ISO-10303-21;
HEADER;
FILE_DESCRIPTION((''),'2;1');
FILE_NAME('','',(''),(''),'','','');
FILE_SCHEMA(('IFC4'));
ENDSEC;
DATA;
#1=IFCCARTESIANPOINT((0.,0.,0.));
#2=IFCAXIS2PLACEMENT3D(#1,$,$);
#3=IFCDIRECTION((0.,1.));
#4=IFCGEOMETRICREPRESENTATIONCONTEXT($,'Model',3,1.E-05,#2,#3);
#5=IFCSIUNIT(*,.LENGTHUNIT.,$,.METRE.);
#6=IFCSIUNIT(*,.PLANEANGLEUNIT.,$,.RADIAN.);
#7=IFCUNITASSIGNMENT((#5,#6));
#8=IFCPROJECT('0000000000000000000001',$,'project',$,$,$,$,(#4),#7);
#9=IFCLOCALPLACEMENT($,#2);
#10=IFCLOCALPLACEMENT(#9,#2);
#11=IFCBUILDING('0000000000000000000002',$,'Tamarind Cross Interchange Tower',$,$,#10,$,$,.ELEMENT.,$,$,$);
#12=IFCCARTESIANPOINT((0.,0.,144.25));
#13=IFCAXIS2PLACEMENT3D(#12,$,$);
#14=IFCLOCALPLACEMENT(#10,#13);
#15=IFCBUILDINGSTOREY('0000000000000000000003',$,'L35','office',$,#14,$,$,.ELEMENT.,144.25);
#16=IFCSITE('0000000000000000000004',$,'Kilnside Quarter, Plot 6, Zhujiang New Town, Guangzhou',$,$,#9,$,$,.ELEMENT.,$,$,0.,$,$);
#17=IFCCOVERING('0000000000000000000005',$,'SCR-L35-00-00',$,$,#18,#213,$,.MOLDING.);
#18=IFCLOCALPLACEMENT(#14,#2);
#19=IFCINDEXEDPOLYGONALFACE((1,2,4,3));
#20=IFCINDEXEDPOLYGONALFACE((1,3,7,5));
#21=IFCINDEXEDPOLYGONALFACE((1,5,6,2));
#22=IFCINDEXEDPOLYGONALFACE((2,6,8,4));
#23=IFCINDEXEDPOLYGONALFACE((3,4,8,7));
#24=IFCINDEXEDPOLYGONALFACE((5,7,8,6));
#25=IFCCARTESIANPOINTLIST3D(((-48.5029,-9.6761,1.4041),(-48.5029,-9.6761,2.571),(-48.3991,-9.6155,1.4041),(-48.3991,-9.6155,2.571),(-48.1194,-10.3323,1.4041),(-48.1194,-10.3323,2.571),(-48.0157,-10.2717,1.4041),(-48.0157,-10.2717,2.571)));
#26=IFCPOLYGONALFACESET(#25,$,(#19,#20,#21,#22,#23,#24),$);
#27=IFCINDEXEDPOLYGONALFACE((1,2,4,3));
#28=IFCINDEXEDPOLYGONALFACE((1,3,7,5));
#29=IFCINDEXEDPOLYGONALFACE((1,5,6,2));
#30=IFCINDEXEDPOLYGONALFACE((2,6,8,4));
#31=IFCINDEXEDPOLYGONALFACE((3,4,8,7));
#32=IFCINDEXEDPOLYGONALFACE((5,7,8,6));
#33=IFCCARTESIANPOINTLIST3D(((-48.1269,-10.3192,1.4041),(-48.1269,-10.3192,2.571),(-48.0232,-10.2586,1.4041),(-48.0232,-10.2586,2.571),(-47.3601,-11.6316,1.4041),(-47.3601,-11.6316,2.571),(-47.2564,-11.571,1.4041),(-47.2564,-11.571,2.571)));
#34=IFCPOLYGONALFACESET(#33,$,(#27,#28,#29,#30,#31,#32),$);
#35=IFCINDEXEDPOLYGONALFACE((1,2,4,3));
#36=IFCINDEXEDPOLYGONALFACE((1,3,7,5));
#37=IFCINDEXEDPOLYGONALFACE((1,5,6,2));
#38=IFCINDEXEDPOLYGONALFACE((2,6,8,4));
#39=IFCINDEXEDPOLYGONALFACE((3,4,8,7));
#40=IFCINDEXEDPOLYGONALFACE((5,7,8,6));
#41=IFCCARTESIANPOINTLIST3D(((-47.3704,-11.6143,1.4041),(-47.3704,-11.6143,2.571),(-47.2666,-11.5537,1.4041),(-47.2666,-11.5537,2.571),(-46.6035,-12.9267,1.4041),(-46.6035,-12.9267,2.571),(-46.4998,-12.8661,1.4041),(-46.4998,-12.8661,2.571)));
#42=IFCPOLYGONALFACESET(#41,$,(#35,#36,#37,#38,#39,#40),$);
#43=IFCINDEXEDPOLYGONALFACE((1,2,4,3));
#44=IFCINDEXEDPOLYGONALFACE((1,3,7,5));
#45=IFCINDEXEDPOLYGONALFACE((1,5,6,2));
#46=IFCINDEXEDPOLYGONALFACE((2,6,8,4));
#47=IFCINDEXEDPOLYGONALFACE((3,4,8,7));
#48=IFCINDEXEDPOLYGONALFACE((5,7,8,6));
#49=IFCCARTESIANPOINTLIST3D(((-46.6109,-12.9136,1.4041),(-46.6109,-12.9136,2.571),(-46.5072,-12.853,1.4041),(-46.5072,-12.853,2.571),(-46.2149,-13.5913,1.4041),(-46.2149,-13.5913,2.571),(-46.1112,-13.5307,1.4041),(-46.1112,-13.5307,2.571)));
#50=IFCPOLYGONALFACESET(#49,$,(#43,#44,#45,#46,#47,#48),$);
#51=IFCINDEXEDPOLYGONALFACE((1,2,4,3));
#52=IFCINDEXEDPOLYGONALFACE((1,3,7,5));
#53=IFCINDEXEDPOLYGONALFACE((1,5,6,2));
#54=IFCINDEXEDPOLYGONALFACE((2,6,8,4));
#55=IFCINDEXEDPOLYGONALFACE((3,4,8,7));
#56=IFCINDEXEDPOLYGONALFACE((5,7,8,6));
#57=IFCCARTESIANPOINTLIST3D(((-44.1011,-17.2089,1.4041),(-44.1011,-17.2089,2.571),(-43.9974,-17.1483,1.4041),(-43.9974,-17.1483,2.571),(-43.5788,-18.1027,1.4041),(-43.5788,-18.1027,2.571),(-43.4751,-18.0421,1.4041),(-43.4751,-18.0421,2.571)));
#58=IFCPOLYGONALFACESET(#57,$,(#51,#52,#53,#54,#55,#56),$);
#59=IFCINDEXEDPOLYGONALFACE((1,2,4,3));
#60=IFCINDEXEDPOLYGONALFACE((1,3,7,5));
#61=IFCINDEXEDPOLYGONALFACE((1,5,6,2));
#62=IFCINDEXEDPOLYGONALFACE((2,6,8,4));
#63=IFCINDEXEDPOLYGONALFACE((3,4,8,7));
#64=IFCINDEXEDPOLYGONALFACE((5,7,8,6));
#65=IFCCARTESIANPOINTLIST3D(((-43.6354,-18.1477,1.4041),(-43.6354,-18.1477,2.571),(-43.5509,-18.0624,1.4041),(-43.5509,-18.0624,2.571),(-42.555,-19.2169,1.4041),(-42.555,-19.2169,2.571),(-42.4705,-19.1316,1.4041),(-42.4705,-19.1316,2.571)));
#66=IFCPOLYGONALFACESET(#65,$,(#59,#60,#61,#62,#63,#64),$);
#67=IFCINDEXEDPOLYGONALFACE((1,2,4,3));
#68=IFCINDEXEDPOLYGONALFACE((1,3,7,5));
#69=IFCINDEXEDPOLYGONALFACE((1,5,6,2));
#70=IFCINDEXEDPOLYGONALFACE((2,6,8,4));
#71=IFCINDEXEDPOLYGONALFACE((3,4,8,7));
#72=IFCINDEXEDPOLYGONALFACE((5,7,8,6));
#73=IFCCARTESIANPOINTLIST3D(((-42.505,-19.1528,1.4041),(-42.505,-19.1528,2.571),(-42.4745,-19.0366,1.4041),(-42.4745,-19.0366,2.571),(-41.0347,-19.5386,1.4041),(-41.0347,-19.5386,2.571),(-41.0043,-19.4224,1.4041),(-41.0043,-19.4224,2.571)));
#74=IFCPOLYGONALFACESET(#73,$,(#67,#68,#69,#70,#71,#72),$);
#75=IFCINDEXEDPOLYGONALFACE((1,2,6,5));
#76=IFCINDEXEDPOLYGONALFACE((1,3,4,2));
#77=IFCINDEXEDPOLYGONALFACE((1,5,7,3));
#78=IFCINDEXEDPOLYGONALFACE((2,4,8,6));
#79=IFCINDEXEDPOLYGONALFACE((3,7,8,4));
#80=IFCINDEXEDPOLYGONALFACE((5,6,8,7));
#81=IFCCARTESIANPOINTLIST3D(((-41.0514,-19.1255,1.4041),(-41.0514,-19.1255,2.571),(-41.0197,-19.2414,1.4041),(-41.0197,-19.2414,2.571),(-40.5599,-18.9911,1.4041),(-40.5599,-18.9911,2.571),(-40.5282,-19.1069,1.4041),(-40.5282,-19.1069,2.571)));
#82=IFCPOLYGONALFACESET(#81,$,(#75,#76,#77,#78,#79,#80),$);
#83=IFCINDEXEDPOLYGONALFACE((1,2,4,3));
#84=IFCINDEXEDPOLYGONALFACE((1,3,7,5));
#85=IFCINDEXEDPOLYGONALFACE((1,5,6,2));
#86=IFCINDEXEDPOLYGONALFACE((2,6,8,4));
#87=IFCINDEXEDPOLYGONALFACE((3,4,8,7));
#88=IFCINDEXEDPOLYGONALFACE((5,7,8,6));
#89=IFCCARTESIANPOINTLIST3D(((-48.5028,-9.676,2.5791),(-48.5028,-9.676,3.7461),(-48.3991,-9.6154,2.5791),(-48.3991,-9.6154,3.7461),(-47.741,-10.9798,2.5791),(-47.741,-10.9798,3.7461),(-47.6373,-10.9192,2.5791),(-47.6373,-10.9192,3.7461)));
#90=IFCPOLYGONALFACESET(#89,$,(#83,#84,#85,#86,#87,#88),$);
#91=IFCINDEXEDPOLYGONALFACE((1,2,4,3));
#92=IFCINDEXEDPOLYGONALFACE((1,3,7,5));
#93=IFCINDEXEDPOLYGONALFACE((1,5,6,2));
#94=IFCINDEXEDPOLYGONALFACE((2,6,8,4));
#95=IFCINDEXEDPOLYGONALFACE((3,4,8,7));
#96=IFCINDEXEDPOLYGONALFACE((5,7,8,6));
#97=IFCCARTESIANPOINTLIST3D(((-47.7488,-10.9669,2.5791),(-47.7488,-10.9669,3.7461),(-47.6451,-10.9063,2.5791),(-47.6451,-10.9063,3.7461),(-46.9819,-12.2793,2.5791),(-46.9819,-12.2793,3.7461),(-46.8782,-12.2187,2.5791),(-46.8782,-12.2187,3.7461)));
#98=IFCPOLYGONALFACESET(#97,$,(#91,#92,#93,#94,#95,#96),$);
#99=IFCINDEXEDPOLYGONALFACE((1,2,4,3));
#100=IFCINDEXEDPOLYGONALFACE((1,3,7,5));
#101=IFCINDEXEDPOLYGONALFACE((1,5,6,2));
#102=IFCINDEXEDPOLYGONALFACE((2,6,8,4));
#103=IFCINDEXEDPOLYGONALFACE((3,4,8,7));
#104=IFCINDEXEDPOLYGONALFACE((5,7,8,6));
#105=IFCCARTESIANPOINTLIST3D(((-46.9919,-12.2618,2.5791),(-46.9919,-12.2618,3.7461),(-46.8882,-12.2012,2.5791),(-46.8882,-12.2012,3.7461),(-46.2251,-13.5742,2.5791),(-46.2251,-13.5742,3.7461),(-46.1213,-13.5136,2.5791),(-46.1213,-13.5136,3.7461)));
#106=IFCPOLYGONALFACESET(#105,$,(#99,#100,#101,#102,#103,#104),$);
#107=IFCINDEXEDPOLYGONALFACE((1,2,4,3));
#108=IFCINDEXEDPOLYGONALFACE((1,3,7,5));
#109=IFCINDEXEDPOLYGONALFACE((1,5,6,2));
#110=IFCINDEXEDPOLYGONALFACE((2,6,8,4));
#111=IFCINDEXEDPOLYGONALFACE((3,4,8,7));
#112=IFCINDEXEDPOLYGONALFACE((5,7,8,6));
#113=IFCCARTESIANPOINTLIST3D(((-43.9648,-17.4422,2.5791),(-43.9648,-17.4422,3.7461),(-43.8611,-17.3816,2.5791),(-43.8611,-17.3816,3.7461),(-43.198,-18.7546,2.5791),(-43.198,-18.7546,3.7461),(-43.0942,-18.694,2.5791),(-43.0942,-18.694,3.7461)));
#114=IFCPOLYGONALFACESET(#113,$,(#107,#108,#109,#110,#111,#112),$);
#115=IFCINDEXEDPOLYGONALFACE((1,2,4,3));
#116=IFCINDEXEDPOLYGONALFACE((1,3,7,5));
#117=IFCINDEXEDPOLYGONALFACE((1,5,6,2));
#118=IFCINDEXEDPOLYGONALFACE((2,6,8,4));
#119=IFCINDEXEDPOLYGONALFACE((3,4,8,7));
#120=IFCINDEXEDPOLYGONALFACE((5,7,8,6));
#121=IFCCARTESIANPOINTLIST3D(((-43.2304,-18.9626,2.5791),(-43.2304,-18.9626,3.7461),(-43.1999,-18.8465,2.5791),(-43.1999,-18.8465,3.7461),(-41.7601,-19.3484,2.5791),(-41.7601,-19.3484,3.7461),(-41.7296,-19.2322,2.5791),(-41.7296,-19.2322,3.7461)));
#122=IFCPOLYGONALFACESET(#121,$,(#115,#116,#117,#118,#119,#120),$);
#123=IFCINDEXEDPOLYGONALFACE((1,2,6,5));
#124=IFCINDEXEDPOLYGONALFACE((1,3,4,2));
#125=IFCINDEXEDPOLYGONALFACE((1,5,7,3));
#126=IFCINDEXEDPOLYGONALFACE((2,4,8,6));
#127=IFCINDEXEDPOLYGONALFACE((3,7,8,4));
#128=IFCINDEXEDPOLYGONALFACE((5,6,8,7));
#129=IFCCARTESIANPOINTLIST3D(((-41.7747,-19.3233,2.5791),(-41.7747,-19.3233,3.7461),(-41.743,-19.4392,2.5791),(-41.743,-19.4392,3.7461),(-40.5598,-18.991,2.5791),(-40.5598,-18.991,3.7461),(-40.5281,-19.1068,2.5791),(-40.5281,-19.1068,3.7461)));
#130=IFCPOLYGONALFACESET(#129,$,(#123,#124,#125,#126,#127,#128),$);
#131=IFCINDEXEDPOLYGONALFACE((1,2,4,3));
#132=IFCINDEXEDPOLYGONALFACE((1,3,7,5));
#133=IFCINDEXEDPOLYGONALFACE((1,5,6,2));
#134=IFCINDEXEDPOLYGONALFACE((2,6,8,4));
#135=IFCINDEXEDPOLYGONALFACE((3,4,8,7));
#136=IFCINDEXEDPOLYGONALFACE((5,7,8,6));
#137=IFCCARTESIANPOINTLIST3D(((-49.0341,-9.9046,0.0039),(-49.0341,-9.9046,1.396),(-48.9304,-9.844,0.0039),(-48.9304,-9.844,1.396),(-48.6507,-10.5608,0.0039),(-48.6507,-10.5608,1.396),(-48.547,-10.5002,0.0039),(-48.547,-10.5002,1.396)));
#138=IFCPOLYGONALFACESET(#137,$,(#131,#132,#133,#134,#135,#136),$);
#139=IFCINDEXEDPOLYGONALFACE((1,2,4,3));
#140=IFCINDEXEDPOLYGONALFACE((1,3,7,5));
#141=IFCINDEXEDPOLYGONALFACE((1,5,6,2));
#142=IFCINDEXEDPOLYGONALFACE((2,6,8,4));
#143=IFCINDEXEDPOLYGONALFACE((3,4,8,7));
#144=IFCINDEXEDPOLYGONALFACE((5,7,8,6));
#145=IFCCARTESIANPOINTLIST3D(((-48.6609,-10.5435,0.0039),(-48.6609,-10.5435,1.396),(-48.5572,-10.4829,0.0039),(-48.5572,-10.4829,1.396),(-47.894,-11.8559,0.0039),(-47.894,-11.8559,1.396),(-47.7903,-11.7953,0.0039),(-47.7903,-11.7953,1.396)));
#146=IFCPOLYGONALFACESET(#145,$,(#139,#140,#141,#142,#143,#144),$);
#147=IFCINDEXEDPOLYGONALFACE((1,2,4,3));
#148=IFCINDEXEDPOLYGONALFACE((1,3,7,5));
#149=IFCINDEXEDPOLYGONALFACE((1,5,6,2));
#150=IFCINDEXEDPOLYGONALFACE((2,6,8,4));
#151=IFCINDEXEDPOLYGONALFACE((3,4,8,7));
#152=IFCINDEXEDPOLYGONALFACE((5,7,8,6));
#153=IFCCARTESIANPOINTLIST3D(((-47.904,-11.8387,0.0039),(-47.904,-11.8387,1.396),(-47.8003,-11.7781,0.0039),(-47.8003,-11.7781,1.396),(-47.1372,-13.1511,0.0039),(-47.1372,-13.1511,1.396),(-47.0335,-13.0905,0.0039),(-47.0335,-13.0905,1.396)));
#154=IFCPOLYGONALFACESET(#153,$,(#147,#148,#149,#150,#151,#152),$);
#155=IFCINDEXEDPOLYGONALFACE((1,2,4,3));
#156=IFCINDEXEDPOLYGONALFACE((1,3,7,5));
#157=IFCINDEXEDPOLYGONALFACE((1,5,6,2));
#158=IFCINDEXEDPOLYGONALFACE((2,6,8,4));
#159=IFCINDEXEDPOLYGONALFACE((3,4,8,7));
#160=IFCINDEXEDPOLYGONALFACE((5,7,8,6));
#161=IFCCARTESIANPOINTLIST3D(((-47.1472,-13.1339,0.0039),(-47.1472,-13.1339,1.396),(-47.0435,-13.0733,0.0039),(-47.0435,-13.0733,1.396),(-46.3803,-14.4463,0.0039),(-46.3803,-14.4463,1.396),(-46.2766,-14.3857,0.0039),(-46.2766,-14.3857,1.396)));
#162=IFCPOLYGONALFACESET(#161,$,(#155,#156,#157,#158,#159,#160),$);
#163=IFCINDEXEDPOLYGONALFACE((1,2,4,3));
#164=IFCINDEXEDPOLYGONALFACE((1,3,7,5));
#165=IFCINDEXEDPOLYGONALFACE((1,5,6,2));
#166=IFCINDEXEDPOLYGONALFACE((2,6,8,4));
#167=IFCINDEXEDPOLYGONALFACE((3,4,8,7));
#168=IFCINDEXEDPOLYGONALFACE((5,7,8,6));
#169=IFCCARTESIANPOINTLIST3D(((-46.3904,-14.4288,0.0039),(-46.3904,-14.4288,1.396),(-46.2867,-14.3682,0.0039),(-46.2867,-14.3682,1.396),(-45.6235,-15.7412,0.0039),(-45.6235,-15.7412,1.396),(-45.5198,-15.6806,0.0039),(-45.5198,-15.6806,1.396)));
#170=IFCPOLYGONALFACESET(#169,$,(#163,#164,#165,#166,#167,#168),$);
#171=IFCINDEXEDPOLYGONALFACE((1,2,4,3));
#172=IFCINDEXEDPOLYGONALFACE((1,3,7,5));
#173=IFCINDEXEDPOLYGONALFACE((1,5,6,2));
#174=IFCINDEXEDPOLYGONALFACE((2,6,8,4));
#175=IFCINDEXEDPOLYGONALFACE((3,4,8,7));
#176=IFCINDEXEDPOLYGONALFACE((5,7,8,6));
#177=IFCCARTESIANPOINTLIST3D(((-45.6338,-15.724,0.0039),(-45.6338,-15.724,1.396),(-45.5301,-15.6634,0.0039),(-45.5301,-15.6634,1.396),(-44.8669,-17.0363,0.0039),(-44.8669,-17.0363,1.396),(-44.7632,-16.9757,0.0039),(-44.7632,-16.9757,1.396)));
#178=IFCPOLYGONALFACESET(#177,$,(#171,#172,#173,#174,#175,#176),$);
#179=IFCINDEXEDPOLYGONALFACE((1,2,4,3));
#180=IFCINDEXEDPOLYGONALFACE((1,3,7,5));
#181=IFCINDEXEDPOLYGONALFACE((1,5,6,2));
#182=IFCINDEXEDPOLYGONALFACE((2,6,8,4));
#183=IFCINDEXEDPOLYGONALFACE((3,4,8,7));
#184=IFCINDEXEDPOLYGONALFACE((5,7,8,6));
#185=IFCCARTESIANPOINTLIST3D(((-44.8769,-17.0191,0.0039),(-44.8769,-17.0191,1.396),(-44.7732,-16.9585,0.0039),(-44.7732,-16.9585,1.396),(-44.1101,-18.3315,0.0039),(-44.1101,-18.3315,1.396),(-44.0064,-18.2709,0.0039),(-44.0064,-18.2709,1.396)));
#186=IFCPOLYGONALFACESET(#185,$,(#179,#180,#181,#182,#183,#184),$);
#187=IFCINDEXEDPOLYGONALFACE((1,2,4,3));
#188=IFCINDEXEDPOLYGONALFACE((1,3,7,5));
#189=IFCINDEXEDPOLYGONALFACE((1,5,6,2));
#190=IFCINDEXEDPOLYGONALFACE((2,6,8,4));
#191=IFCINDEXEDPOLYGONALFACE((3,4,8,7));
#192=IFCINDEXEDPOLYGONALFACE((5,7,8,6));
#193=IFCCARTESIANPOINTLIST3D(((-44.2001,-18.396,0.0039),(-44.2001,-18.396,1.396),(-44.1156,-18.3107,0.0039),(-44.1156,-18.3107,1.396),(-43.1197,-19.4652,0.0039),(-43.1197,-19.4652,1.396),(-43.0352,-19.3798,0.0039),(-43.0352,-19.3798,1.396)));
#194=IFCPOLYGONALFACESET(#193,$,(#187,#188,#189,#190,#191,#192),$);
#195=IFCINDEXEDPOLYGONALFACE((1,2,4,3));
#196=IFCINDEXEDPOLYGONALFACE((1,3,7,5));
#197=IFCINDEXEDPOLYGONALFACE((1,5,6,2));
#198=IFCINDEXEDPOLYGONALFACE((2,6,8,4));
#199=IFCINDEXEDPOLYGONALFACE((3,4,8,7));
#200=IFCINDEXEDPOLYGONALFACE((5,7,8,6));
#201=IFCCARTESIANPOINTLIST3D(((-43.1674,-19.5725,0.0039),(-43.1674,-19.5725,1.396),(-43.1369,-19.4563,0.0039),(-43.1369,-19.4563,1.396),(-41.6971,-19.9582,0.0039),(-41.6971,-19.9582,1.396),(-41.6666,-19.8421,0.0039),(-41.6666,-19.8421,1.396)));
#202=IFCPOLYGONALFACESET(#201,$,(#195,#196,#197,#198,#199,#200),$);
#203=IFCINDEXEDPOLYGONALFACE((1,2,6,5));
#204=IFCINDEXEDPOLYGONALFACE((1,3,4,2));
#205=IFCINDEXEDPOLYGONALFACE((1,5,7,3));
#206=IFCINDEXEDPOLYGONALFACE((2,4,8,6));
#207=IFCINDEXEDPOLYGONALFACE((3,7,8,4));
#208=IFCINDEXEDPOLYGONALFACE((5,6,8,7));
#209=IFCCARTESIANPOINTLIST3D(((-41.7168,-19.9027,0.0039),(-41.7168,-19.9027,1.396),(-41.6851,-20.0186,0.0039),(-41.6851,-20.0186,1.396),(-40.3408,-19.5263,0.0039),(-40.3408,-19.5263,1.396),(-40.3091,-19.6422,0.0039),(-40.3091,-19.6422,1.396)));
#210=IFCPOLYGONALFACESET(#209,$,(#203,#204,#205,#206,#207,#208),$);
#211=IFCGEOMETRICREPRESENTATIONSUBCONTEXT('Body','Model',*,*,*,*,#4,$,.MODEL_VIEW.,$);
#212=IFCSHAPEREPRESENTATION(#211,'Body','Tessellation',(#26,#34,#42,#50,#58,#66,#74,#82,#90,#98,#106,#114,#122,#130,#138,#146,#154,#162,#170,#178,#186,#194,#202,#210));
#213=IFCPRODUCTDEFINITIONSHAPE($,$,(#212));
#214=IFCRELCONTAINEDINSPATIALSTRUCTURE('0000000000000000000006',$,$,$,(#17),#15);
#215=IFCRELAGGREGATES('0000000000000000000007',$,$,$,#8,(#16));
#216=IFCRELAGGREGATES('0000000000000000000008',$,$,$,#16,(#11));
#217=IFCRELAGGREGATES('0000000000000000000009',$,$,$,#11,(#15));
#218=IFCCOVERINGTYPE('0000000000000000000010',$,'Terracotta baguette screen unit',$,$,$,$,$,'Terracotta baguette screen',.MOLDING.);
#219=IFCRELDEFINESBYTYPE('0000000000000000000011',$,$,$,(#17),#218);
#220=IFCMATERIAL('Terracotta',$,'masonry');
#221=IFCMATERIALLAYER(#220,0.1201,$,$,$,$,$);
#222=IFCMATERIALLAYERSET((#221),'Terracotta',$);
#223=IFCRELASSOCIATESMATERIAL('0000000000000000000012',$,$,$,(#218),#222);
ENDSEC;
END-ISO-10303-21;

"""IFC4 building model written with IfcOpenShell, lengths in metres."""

from ifc_helpers import new_model, si_unit, direction, frame, origin, origin_2d, place, context, subcontext, project, spatial, rectangle, extrude, material, layer, layer_set, type_object, element, save


model = new_model("IFC4")

# Units and contexts
model_context = context("Model", 3, precision=1e-05, world=origin(), true_north=direction((0.0, 1.0)))
body_context = subcontext(model_context, "Body", "Model", "MODEL_VIEW")
ifc_project = project(units=[si_unit("LENGTHUNIT", "METRE"), si_unit("PLANEANGLEUNIT", "RADIAN")], contexts=[model_context])

# Site, building, storey
site_placement = place(None, origin())
site = spatial("IfcSite", under=ifc_project, at=site_placement, Name="Kilnside Quarter, Plot 6, Zhujiang New Town, Guangzhou", CompositionType="ELEMENT", RefElevation=0.0)
building_placement = place(site_placement, origin())
building = spatial("IfcBuilding", under=site, at=building_placement, Name="Tamarind Cross Interchange Tower", CompositionType="ELEMENT")
storey_placement = place(building_placement, frame((0.0, 0.0, 144.25)))
storey = spatial("IfcBuildingStorey", under=building, at=storey_placement, Name="L35", Description="office", CompositionType="ELEMENT", Elevation=144.25)

# Covering
ifc_material_1 = material(Name="Terracotta", Category="masonry")
ifc_layer_1 = layer(ifc_material_1, 0.1201)
ifc_layer_set_1 = layer_set([ifc_layer_1], Name="Terracotta")
covering_type = type_object("IfcCoveringType", Name="Terracotta baguette screen unit", ElementType="Terracotta baguette screen", PredefinedType="MOLDING", material=ifc_layer_set_1)
covering_1_placement = place(storey_placement, origin())
element("IfcCovering", 1, at=covering_1_placement, inside=storey, type_object=covering_type, Name="SCR-L35-00-00", PredefinedType="MOLDING", context=body_context, shape_type="SweptSolid", body=[
    extrude(rectangle(XDim=0.76, YDim=0.1201, at=origin_2d()), frame((-48.2593, -9.9739, 1.4041), z_axis=(0.0, 0.0, 1.0), x_axis=(0.504516, -0.863403, 0.0)), (0.0, 0.0, 1.0), 1.167),
    extrude(rectangle(XDim=1.52, YDim=0.1201, at=origin_2d()), frame((-47.6917, -10.9451, 1.4041), z_axis=(0.0, 0.0, 1.0), x_axis=(0.504516, -0.863403, 0.0)), (0.0, 0.0, 1.0), 1.167),
    extrude(rectangle(XDim=1.52, YDim=0.1201, at=origin_2d()), frame((-46.9351, -12.2402, 1.4041), z_axis=(0.0, 0.0, 1.0), x_axis=(0.504516, -0.863403, 0.0)), (0.0, 0.0, 1.0), 1.167),
    extrude(rectangle(XDim=0.7849, YDim=0.1201, at=origin_2d()), frame((-46.3611, -13.2222, 1.4041), z_axis=(0.0, 0.0, 1.0), x_axis=(0.504516, -0.863403, 0.0)), (0.0, 0.0, 1.0), 1.167),
    extrude(rectangle(XDim=1.0352, YDim=0.1201, at=origin_2d()), frame((-43.7881, -17.6255, 1.4041), z_axis=(0.0, 0.0, 1.0), x_axis=(0.504516, -0.863403, 0.0)), (0.0, 0.0, 1.0), 1.167),
    extrude(rectangle(XDim=1.52, YDim=0.1201, at=origin_2d()), frame((-43.053, -18.6396, 1.4041), z_axis=(0.0, 0.0, 1.0), x_axis=(0.71079, -0.703405, 0.0)), (0.0, 0.0, 1.0), 1.167),
    extrude(rectangle(XDim=1.52, YDim=0.1201, at=origin_2d()), frame((-41.7546, -19.2876, 1.4041), z_axis=(0.0, 0.0, 1.0), x_axis=(0.967264, -0.253771, 0.0)), (0.0, 0.0, 1.0), 1.167),
    extrude(rectangle(XDim=0.5095, YDim=0.1201, at=origin_2d()), frame((-40.7898, -19.1162, 1.4041), z_axis=(0.0, 0.0, 1.0), x_axis=(0.964561, 0.26386, 0.0)), (0.0, 0.0, 1.0), 1.167),
    extrude(rectangle(XDim=1.51, YDim=0.1201, at=origin_2d()), frame((-48.0701, -10.2976, 2.5791), z_axis=(0.0, 0.0, 1.0), x_axis=(0.504516, -0.863403, 0.0)), (0.0, 0.0, 1.0), 1.167),
    extrude(rectangle(XDim=1.52, YDim=0.1201, at=origin_2d()), frame((-47.3135, -11.5928, 2.5791), z_axis=(0.0, 0.0, 1.0), x_axis=(0.504516, -0.863403, 0.0)), (0.0, 0.0, 1.0), 1.167),
    extrude(rectangle(XDim=1.52, YDim=0.1201, at=origin_2d()), frame((-46.5566, -12.8877, 2.5791), z_axis=(0.0, 0.0, 1.0), x_axis=(0.504516, -0.863403, 0.0)), (0.0, 0.0, 1.0), 1.167),
    extrude(rectangle(XDim=1.52, YDim=0.1201, at=origin_2d()), frame((-43.5295, -18.0681, 2.5791), z_axis=(0.0, 0.0, 1.0), x_axis=(0.504516, -0.863403, 0.0)), (0.0, 0.0, 1.0), 1.167),
    extrude(rectangle(XDim=1.52, YDim=0.1201, at=origin_2d()), frame((-42.48, -19.0974, 2.5791), z_axis=(0.0, 0.0, 1.0), x_axis=(0.967264, -0.253771, 0.0)), (0.0, 0.0, 1.0), 1.167),
    extrude(rectangle(XDim=1.2595, YDim=0.1201, at=origin_2d()), frame((-41.1514, -19.2151, 2.5791), z_axis=(0.0, 0.0, 1.0), x_axis=(0.964561, 0.26386, 0.0)), (0.0, 0.0, 1.0), 1.167),
    extrude(rectangle(XDim=0.76, YDim=0.1201, at=origin_2d()), frame((-48.7905, -10.2024, 0.0039), z_axis=(0.0, 0.0, 1.0), x_axis=(0.504516, -0.863403, 0.0)), (0.0, 0.0, 1.0), 1.3921),
    extrude(rectangle(XDim=1.52, YDim=0.1201, at=origin_2d()), frame((-48.2256, -11.1694, 0.0039), z_axis=(0.0, 0.0, 1.0), x_axis=(0.504516, -0.863403, 0.0)), (0.0, 0.0, 1.0), 1.3921),
    extrude(rectangle(XDim=1.52, YDim=0.1201, at=origin_2d()), frame((-47.4688, -12.4646, 0.0039), z_axis=(0.0, 0.0, 1.0), x_axis=(0.504516, -0.863403, 0.0)), (0.0, 0.0, 1.0), 1.3921),
    extrude(rectangle(XDim=1.52, YDim=0.1201, at=origin_2d()), frame((-46.7119, -13.7598, 0.0039), z_axis=(0.0, 0.0, 1.0), x_axis=(0.504516, -0.863403, 0.0)), (0.0, 0.0, 1.0), 1.3921),
    extrude(rectangle(XDim=1.52, YDim=0.1201, at=origin_2d()), frame((-45.9551, -15.0547, 0.0039), z_axis=(0.0, 0.0, 1.0), x_axis=(0.504516, -0.863403, 0.0)), (0.0, 0.0, 1.0), 1.3921),
    extrude(rectangle(XDim=1.52, YDim=0.1201, at=origin_2d()), frame((-45.1985, -16.3499, 0.0039), z_axis=(0.0, 0.0, 1.0), x_axis=(0.504516, -0.863403, 0.0)), (0.0, 0.0, 1.0), 1.3921),
    extrude(rectangle(XDim=1.52, YDim=0.1201, at=origin_2d()), frame((-44.4417, -17.645, 0.0039), z_axis=(0.0, 0.0, 1.0), x_axis=(0.504516, -0.863403, 0.0)), (0.0, 0.0, 1.0), 1.3921),
    extrude(rectangle(XDim=1.52, YDim=0.1201, at=origin_2d()), frame((-43.6177, -18.8879, 0.0039), z_axis=(0.0, 0.0, 1.0), x_axis=(0.71079, -0.703405, 0.0)), (0.0, 0.0, 1.0), 1.3921),
    extrude(rectangle(XDim=1.52, YDim=0.1201, at=origin_2d()), frame((-42.417, -19.7073, 0.0039), z_axis=(0.0, 0.0, 1.0), x_axis=(0.967264, -0.253771, 0.0)), (0.0, 0.0, 1.0), 1.3921),
    extrude(rectangle(XDim=1.4265, YDim=0.1201, at=origin_2d()), frame((-41.0129, -19.7725, 0.0039), z_axis=(0.0, 0.0, 1.0), x_axis=(0.964561, 0.26386, 0.0)), (0.0, 0.0, 1.0), 1.3921),
])

save(model, "model.ifc")
